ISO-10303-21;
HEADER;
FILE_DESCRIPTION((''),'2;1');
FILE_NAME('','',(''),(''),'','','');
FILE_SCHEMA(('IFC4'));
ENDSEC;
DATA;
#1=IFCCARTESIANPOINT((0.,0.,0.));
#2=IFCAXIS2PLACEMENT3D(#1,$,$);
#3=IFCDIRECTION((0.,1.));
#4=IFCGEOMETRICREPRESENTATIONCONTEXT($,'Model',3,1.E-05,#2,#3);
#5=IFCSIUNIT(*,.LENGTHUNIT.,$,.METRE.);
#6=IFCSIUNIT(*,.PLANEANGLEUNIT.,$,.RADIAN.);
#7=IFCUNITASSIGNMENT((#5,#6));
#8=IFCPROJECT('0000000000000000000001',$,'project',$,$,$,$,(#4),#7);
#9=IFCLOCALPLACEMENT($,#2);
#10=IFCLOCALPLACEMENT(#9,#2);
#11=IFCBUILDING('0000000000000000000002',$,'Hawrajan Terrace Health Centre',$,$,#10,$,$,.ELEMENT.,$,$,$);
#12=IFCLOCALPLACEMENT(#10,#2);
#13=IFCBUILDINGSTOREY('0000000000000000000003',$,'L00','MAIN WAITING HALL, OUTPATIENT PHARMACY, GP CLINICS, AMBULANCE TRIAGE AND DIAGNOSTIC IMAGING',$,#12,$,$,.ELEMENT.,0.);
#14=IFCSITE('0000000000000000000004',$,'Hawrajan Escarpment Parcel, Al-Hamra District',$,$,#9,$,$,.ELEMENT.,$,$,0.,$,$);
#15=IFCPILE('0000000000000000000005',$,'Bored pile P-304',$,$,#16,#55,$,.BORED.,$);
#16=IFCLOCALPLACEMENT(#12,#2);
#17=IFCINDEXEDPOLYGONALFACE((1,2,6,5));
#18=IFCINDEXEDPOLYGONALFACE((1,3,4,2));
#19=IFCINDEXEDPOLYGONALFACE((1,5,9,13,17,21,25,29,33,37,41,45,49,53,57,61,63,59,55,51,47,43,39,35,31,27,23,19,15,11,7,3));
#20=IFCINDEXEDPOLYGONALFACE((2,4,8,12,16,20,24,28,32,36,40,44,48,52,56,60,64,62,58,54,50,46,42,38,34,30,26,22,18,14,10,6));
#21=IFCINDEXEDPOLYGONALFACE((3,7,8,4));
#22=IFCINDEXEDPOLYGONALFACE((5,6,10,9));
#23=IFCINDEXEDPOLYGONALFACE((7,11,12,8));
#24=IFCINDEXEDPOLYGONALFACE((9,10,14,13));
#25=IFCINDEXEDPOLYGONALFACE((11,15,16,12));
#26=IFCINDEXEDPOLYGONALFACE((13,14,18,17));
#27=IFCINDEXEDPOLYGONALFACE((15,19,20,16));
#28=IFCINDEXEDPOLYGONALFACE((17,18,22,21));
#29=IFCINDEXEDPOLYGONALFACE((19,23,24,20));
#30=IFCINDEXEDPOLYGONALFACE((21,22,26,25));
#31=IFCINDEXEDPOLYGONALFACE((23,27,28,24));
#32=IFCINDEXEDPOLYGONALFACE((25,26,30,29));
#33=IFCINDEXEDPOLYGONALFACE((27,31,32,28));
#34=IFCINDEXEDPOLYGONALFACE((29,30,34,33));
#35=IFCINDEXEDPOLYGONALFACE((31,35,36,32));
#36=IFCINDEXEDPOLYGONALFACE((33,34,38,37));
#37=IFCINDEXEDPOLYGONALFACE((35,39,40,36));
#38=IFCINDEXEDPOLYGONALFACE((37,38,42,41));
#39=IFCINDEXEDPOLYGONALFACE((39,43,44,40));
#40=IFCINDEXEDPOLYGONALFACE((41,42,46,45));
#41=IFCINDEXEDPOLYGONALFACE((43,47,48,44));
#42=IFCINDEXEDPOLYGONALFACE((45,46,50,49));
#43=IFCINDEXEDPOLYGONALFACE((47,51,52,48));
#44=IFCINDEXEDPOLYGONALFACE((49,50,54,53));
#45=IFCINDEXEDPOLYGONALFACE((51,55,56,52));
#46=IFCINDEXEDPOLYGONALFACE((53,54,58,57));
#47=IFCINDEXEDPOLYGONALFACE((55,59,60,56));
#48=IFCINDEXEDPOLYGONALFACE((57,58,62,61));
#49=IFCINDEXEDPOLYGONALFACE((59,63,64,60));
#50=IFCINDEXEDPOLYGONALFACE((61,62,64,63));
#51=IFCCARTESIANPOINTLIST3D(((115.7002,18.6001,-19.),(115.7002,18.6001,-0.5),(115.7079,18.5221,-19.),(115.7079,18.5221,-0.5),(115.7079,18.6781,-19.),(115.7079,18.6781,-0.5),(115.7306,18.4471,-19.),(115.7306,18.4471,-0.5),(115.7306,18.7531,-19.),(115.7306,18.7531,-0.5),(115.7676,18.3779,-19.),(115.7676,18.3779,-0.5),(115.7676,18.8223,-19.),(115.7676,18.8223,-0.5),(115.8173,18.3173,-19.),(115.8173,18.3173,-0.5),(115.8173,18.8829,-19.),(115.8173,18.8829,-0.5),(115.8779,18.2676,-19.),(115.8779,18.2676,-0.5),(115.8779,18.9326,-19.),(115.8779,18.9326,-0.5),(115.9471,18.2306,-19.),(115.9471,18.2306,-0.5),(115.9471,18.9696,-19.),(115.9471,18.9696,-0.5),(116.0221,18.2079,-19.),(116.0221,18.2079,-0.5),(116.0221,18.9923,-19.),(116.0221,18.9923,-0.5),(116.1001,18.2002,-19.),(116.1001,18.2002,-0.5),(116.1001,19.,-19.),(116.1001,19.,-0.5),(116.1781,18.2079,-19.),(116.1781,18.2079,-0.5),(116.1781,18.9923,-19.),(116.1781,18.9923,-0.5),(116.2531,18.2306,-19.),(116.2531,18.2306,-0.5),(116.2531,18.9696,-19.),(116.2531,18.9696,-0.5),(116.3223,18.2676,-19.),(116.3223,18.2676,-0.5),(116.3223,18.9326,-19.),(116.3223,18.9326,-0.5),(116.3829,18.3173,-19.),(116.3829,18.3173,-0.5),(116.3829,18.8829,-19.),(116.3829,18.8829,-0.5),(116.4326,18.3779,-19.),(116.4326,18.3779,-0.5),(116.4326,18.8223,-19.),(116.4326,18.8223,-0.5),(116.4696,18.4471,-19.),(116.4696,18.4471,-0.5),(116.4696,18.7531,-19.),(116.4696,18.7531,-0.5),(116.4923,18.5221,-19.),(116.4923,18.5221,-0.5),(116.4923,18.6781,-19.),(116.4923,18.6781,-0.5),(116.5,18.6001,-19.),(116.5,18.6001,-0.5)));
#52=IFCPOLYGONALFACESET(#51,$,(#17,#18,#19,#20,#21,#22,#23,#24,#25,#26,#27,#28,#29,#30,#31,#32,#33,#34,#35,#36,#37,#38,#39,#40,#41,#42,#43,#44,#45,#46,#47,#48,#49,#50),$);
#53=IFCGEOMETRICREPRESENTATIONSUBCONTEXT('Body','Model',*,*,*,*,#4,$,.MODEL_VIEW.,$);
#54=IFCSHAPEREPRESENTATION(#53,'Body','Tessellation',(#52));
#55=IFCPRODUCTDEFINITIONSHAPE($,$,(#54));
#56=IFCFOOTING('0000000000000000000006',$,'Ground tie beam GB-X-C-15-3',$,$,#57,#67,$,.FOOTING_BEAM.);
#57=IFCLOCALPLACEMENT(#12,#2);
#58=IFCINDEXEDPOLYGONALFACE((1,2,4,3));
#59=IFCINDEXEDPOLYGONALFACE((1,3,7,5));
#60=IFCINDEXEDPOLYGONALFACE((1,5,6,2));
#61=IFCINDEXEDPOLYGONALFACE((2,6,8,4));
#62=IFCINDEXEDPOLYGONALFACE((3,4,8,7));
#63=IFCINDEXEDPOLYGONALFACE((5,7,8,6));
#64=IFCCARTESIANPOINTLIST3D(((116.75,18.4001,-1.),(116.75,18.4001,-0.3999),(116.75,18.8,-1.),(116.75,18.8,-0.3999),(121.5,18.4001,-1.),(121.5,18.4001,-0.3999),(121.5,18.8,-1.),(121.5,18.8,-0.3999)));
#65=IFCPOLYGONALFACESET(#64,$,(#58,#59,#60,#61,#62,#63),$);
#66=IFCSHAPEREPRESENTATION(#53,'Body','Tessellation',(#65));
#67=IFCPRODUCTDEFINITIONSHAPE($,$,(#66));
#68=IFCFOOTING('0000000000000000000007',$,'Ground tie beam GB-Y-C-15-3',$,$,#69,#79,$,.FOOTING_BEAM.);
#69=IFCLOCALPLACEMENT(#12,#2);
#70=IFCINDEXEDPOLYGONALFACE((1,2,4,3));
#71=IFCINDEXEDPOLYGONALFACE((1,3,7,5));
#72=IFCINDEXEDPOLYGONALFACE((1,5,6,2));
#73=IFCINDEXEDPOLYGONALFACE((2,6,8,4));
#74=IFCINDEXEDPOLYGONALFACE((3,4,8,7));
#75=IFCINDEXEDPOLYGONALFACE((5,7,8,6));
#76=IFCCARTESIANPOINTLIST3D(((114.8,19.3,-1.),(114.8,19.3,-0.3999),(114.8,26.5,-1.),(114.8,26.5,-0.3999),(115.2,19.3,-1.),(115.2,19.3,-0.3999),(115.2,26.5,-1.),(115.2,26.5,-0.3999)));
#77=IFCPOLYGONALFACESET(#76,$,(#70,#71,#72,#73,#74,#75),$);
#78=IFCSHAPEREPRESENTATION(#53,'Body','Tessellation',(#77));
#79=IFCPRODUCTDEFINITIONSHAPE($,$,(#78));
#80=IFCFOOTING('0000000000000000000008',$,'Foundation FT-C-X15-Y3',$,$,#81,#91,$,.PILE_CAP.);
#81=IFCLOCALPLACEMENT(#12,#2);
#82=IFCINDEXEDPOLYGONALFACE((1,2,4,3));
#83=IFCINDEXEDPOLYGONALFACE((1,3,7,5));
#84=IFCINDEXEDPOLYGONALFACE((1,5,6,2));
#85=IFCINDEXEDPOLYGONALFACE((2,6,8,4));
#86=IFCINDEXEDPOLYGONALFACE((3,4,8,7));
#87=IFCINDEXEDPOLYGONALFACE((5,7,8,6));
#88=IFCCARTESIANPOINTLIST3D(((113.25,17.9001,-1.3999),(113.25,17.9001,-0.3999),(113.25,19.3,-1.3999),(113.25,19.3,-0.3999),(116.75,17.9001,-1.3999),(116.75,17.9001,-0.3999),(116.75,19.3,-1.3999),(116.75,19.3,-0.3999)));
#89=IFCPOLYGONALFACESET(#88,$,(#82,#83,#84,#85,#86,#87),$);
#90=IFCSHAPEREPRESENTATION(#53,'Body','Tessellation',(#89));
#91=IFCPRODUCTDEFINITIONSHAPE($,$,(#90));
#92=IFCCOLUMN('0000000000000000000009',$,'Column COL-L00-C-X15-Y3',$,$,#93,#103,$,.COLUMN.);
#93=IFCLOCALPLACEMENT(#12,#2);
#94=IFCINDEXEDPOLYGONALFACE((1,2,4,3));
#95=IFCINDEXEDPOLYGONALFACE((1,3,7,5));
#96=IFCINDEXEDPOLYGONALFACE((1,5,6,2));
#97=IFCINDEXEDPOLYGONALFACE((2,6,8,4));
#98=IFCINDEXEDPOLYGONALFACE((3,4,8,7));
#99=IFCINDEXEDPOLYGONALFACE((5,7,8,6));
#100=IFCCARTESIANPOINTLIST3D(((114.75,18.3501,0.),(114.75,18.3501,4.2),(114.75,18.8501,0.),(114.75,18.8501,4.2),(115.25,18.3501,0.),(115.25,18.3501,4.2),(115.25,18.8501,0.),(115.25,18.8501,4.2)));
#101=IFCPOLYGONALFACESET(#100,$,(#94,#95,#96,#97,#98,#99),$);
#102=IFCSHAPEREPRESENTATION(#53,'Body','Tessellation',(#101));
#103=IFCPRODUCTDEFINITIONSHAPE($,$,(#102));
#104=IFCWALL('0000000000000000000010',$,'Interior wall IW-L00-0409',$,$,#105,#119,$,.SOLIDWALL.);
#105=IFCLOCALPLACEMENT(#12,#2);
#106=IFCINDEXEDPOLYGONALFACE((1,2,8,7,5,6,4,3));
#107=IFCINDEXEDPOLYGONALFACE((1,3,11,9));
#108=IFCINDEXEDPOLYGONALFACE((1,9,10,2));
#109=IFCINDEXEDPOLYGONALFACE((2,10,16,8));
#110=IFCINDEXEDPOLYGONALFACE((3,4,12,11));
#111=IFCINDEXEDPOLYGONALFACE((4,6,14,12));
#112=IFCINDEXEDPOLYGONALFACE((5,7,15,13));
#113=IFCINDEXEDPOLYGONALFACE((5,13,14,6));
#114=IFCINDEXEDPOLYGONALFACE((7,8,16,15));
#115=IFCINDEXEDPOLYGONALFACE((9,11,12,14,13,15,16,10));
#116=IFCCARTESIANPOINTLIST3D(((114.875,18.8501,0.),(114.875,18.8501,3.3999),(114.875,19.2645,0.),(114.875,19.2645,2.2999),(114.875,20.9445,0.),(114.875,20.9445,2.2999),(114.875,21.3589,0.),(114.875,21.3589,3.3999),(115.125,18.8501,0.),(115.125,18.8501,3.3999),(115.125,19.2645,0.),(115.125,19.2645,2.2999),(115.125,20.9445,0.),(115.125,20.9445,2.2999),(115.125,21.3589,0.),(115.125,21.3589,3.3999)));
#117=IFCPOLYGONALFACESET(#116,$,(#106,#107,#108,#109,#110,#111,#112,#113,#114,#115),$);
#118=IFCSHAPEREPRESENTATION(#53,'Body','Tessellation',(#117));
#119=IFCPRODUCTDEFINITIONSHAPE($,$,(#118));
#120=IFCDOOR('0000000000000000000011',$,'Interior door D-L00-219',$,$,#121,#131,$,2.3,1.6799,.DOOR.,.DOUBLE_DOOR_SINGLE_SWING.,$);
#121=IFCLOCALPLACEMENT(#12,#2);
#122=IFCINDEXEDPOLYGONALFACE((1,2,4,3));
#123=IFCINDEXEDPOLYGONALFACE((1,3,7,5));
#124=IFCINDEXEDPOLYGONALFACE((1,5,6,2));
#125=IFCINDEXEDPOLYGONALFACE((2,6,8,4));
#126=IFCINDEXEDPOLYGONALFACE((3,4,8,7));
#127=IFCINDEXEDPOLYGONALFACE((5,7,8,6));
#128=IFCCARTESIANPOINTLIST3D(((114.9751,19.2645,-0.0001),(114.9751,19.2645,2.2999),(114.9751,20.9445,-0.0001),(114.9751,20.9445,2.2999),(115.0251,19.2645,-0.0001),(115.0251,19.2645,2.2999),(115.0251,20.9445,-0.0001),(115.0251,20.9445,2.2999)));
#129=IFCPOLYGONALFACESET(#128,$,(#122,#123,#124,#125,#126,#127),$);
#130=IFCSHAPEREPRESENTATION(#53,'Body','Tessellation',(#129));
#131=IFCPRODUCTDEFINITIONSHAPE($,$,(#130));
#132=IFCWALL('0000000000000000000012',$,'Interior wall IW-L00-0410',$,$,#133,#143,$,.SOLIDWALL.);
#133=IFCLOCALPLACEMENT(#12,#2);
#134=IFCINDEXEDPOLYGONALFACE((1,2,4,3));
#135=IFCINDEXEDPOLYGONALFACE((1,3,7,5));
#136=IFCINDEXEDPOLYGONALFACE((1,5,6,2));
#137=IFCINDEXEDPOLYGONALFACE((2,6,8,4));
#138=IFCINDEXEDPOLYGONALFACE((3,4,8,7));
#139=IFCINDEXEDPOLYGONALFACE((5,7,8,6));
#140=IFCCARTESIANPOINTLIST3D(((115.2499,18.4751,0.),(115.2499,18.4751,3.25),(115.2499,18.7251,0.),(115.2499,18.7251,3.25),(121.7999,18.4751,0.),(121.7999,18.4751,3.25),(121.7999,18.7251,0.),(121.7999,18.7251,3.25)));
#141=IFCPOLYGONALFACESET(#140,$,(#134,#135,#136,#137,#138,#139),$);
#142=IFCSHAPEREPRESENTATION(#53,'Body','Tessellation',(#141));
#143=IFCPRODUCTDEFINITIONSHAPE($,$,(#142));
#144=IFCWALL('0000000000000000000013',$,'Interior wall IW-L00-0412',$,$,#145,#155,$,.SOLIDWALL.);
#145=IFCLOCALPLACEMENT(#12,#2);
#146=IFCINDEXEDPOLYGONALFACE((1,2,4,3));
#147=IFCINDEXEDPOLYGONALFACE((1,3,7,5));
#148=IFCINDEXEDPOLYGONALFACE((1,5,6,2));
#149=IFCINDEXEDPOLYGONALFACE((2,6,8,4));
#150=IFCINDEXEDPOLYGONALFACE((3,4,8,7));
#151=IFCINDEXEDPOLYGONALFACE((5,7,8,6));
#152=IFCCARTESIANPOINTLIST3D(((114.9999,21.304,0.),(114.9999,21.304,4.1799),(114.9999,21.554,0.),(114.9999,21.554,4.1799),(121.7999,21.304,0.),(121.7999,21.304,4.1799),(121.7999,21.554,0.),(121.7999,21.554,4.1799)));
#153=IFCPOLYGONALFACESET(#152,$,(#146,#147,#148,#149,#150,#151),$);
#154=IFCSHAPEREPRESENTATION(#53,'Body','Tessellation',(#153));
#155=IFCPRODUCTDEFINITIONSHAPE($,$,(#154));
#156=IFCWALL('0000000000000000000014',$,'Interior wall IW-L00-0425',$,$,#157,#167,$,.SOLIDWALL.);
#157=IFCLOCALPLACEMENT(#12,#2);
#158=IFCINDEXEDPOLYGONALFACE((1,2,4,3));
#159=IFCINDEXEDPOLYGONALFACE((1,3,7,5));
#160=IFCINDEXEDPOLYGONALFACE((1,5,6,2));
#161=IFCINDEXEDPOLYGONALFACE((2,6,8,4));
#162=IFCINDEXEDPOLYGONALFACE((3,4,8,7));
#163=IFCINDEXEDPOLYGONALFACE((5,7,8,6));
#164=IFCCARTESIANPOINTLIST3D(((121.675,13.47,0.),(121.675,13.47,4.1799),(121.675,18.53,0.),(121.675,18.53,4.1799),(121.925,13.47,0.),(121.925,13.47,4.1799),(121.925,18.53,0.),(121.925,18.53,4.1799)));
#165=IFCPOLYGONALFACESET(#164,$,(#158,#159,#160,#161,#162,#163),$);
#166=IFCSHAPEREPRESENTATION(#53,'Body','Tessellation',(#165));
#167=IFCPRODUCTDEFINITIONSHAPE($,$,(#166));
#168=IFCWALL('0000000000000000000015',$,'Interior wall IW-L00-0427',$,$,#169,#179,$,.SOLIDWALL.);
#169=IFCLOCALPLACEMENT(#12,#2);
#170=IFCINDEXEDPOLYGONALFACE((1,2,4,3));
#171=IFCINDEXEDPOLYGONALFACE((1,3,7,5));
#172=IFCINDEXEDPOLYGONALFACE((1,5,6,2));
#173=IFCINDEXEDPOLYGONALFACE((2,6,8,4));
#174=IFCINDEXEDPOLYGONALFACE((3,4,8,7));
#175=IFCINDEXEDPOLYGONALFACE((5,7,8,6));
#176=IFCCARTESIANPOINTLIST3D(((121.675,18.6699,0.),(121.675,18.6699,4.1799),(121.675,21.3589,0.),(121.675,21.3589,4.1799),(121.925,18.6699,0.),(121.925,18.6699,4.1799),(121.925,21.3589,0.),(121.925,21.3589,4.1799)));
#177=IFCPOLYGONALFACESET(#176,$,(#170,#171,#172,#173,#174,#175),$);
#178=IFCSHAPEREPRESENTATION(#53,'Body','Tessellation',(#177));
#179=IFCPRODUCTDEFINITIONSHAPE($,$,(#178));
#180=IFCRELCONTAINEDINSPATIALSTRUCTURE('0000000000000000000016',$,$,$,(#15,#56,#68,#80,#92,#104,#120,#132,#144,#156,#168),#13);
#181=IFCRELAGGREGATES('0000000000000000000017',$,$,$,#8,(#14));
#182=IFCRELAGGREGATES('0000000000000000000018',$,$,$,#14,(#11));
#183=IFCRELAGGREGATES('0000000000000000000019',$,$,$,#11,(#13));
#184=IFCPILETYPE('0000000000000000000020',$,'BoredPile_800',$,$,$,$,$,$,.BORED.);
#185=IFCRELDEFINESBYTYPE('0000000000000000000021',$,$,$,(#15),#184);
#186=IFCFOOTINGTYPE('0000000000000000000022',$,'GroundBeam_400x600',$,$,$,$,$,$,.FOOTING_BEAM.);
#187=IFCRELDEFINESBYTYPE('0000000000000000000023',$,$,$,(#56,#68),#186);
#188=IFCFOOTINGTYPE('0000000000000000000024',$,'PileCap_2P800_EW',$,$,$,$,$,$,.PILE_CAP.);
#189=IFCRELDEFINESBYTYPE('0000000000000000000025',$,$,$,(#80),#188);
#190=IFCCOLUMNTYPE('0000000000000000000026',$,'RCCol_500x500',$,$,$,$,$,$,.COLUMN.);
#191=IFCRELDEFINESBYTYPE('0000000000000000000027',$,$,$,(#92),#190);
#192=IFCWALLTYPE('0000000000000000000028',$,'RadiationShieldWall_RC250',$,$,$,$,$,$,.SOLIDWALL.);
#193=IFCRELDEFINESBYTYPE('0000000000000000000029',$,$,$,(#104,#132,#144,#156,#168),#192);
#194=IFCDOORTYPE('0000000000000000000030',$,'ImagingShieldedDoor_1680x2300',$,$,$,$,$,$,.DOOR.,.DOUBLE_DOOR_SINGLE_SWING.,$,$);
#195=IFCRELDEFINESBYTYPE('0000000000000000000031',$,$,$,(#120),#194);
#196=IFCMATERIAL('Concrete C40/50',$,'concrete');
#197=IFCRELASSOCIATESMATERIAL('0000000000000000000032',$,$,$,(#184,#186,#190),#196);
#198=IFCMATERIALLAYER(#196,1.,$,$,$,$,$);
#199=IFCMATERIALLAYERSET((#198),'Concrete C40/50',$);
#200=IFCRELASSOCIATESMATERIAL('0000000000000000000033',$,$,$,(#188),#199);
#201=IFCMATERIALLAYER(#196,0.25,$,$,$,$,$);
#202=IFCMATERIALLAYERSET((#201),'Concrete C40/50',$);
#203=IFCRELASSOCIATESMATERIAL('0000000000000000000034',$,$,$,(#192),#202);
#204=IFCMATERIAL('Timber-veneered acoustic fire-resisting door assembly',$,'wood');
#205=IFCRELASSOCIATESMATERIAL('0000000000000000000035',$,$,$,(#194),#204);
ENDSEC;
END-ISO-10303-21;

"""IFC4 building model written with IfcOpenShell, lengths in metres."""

from ifc_helpers import new_model, si_unit, direction, frame, frame_2d, origin, origin_2d, place, context, subcontext, project, spatial, rectangle, circle, extrude, material, layer, layer_set, material_profile, profile_set, type_object, element, fill, save


model = new_model("IFC4")

# Units and contexts
model_context = context("Model", 3, precision=1e-05, world=origin(), true_north=direction((0.0, 1.0)))
body_context = subcontext(model_context, "Body", "Model", "MODEL_VIEW")
ifc_project = project(units=[si_unit("LENGTHUNIT", "METRE"), si_unit("PLANEANGLEUNIT", "RADIAN")], contexts=[model_context])

# Site, building, storey
site_placement = place(None, origin())
site = spatial("IfcSite", under=ifc_project, at=site_placement, Name="Hawrajan Escarpment Parcel, Al-Hamra District", CompositionType="ELEMENT", RefElevation=0.0)
building_placement = place(site_placement, origin())
building = spatial("IfcBuilding", under=site, at=building_placement, Name="Hawrajan Terrace Health Centre", CompositionType="ELEMENT")
storey_placement = place(building_placement, origin())
storey = spatial("IfcBuildingStorey", under=building, at=storey_placement, Name="L00", Description="MAIN WAITING HALL, OUTPATIENT PHARMACY, GP CLINICS, AMBULANCE TRIAGE AND DIAGNOSTIC IMAGING", CompositionType="ELEMENT", Elevation=0.0)

# Pile
ifc_material_1 = material(Name="Concrete C40/50", Category="concrete")
ifc_material_profile_1 = material_profile(ifc_material_1, circle(Radius=0.3999, at=origin_2d()), Name="BP 800")
ifc_profile_set_1 = profile_set([ifc_material_profile_1], Name="Concrete C40/50")
pile_type = type_object("IfcPileType", Name="BoredPile_800", PredefinedType="BORED", material=ifc_profile_set_1)
pile_placement = place(storey_placement, frame((116.1001, 18.6001, -0.5), z_axis=(0.0, 0.0, -1.0), x_axis=(1.0, 0.0, 0.0)))
element("IfcPile", 1, at=pile_placement, inside=storey, type_object=pile_type, Name="Bored pile P-304", PredefinedType="BORED", context=body_context, shape_type="SweptSolid", body=[
    extrude(circle(Radius=0.3999, at=origin_2d()), origin(), (0.0, 0.0, 1.0), 18.5),
])

# Footings
ifc_material_profile_2 = material_profile(ifc_material_1, rectangle(XDim=0.3999, YDim=0.6001, at=origin_2d()), Name="RC BM 400x600")
ifc_profile_set_2 = profile_set([ifc_material_profile_2], Name="Concrete C40/50")
footing_type_1 = type_object("IfcFootingType", Name="GroundBeam_400x600", PredefinedType="FOOTING_BEAM", material=ifc_profile_set_2)
footing_1_placement = place(storey_placement, frame((116.75, 18.6001, -0.7), z_axis=(1.0, 0.0, 0.0), x_axis=(0.0, 1.0, 0.0)))
element("IfcFooting", 2, at=footing_1_placement, inside=storey, type_object=footing_type_1, Name="Ground tie beam GB-X-C-15-3", PredefinedType="FOOTING_BEAM", context=body_context, shape_type="SweptSolid", body=[
    extrude(rectangle(XDim=0.3999, YDim=0.6001, at=origin_2d()), origin(), (0.0, 0.0, 1.0), 4.75),
])
footing_2_placement = place(storey_placement, frame((115.0, 19.3, -0.7), z_axis=(0.0, 1.0, 0.0), x_axis=(-1.0, 0.0, 0.0)))
element("IfcFooting", 3, at=footing_2_placement, inside=storey, type_object=footing_type_1, Name="Ground tie beam GB-Y-C-15-3", PredefinedType="FOOTING_BEAM", context=body_context, shape_type="SweptSolid", body=[
    extrude(rectangle(XDim=0.3999, YDim=0.6001, at=origin_2d()), origin(), (0.0, 0.0, 1.0), 7.2),
])
ifc_layer_1 = layer(ifc_material_1, 1.0)
ifc_layer_set_1 = layer_set([ifc_layer_1], Name="Concrete C40/50")
footing_type_2 = type_object("IfcFootingType", Name="PileCap_2P800_EW", PredefinedType="PILE_CAP", material=ifc_layer_set_1)
footing_3_placement = place(storey_placement, frame((115.0, 18.6001, -1.3999), z_axis=(0.0, 0.0, 1.0), x_axis=(1.0, 0.0, 0.0)))
element("IfcFooting", 4, at=footing_3_placement, inside=storey, type_object=footing_type_2, Name="Foundation FT-C-X15-Y3", PredefinedType="PILE_CAP", context=body_context, shape_type="SweptSolid", body=[
    extrude(rectangle(XDim=3.5, YDim=1.3999, at=origin_2d()), origin(), (0.0, 0.0, 1.0), 1.0),
])

# Column
ifc_material_profile_3 = material_profile(ifc_material_1, rectangle(XDim=0.5, YDim=0.5, at=origin_2d()), Name="RC 500x500")
ifc_profile_set_3 = profile_set([ifc_material_profile_3], Name="Concrete C40/50")
column_type = type_object("IfcColumnType", Name="RCCol_500x500", PredefinedType="COLUMN", material=ifc_profile_set_3)
column_placement = place(storey_placement, frame((115.0, 18.6001, 0.0), z_axis=(0.0, 0.0, 1.0), x_axis=(1.0, 0.0, 0.0)))
element("IfcColumn", 5, at=column_placement, inside=storey, type_object=column_type, Name="Column COL-L00-C-X15-Y3", PredefinedType="COLUMN", context=body_context, shape_type="SweptSolid", body=[
    extrude(rectangle(XDim=0.5, YDim=0.5, at=origin_2d()), origin(), (0.0, 0.0, 1.0), 4.2),
])

# Wall, opening, door
ifc_layer_2 = layer(ifc_material_1, 0.25)
ifc_layer_set_2 = layer_set([ifc_layer_2], Name="Concrete C40/50")
wall_type_1 = type_object("IfcWallType", Name="RadiationShieldWall_RC250", PredefinedType="SOLIDWALL", material=ifc_layer_set_2)
wall_1_placement = place(storey_placement, frame((115.0, 18.8501, 0.0), z_axis=(0.0, 0.0, 1.0), x_axis=(0.0, 1.0, 0.0)))
wall_1 = element("IfcWall", 6, at=wall_1_placement, inside=storey, type_object=wall_type_1, Name="Interior wall IW-L00-0409", PredefinedType="SOLIDWALL", context=body_context, shape_type="SweptSolid", body=[
    extrude(rectangle(XDim=2.5088, YDim=0.25, at=frame_2d((1.2544, 0.0))), origin(), (0.0, 0.0, 1.0), 3.3999),
])
opening_1_placement = place(wall_1_placement, frame((0.4146, 0.0, 0.0)))
opening_1 = element("IfcOpeningElement", 7, at=opening_1_placement, cuts=wall_1, PredefinedType="OPENING", context=body_context, shape_type="SweptSolid", body=[
    extrude(rectangle(XDim=1.6799, YDim=2.3, at=frame_2d((0.8398, 1.1499))), frame((0.0, 0.135, 0.0), z_axis=(0.0, -1.0, 0.0), x_axis=(1.0, 0.0, 0.0)), (0.0, 0.0, 1.0), 0.27),
])
ifc_material_2 = material(Name="Timber-veneered acoustic fire-resisting door assembly", Category="wood")
door_type_1 = type_object("IfcDoorType", Name="ImagingShieldedDoor_1680x2300", OperationType="DOUBLE_DOOR_SINGLE_SWING", PredefinedType="DOOR", material=ifc_material_2)
door_1_placement = place(opening_1_placement, origin())
door_1 = element("IfcDoor", 8, at=door_1_placement, inside=storey, type_object=door_type_1, Name="Interior door D-L00-219", OperationType="DOUBLE_DOOR_SINGLE_SWING", OverallHeight=2.3, OverallWidth=1.6799, PredefinedType="DOOR", context=body_context, shape_type="SweptSolid", body=[
    extrude(rectangle(XDim=1.6799, YDim=2.3, at=frame_2d((0.8398, 1.1499))), frame((0.0, 0.0249, 0.0), z_axis=(0.0, -1.0, 0.0), x_axis=(1.0, 0.0, 0.0)), (0.0, 0.0, 1.0), 0.05),
])
fill(opening_1, door_1)

# Wall
wall_2_placement = place(storey_placement, frame((115.25, 18.6001, 0.0), z_axis=(0.0, 0.0, 1.0), x_axis=(1.0, 0.0, 0.0)))
element("IfcWall", 9, at=wall_2_placement, inside=storey, type_object=wall_type_1, Name="Interior wall IW-L00-0410", PredefinedType="SOLIDWALL", context=body_context, shape_type="SweptSolid", body=[
    extrude(rectangle(XDim=6.55, YDim=0.25, at=frame_2d((3.2749, 0.0))), origin(), (0.0, 0.0, 1.0), 3.25),
])

# Walls
wall_3_placement = place(storey_placement, frame((115.0, 21.429, 0.0), z_axis=(0.0, 0.0, 1.0), x_axis=(1.0, 0.0, 0.0)))
element("IfcWall", 10, at=wall_3_placement, inside=storey, type_object=wall_type_1, Name="Interior wall IW-L00-0412", PredefinedType="SOLIDWALL", context=body_context, shape_type="SweptSolid", body=[
    extrude(rectangle(XDim=6.8, YDim=0.25, at=frame_2d((3.3999, 0.0))), origin(), (0.0, 0.0, 1.0), 4.1799),
])
wall_4_placement = place(storey_placement, frame((121.8, 13.47, 0.0), z_axis=(0.0, 0.0, 1.0), x_axis=(0.0, 1.0, 0.0)))
element("IfcWall", 11, at=wall_4_placement, inside=storey, type_object=wall_type_1, Name="Interior wall IW-L00-0425", PredefinedType="SOLIDWALL", context=body_context, shape_type="SweptSolid", body=[
    extrude(rectangle(XDim=5.0601, YDim=0.25, at=frame_2d((2.53, 0.0))), origin(), (0.0, 0.0, 1.0), 4.1799),
])
wall_5_placement = place(storey_placement, frame((121.8, 18.6699, 0.0), z_axis=(0.0, 0.0, 1.0), x_axis=(0.0, 1.0, 0.0)))
element("IfcWall", 12, at=wall_5_placement, inside=storey, type_object=wall_type_1, Name="Interior wall IW-L00-0427", PredefinedType="SOLIDWALL", context=body_context, shape_type="SweptSolid", body=[
    extrude(rectangle(XDim=2.689, YDim=0.25, at=frame_2d((1.3445, 0.0))), origin(), (0.0, 0.0, 1.0), 4.1799),
])

save(model, "model.ifc")
